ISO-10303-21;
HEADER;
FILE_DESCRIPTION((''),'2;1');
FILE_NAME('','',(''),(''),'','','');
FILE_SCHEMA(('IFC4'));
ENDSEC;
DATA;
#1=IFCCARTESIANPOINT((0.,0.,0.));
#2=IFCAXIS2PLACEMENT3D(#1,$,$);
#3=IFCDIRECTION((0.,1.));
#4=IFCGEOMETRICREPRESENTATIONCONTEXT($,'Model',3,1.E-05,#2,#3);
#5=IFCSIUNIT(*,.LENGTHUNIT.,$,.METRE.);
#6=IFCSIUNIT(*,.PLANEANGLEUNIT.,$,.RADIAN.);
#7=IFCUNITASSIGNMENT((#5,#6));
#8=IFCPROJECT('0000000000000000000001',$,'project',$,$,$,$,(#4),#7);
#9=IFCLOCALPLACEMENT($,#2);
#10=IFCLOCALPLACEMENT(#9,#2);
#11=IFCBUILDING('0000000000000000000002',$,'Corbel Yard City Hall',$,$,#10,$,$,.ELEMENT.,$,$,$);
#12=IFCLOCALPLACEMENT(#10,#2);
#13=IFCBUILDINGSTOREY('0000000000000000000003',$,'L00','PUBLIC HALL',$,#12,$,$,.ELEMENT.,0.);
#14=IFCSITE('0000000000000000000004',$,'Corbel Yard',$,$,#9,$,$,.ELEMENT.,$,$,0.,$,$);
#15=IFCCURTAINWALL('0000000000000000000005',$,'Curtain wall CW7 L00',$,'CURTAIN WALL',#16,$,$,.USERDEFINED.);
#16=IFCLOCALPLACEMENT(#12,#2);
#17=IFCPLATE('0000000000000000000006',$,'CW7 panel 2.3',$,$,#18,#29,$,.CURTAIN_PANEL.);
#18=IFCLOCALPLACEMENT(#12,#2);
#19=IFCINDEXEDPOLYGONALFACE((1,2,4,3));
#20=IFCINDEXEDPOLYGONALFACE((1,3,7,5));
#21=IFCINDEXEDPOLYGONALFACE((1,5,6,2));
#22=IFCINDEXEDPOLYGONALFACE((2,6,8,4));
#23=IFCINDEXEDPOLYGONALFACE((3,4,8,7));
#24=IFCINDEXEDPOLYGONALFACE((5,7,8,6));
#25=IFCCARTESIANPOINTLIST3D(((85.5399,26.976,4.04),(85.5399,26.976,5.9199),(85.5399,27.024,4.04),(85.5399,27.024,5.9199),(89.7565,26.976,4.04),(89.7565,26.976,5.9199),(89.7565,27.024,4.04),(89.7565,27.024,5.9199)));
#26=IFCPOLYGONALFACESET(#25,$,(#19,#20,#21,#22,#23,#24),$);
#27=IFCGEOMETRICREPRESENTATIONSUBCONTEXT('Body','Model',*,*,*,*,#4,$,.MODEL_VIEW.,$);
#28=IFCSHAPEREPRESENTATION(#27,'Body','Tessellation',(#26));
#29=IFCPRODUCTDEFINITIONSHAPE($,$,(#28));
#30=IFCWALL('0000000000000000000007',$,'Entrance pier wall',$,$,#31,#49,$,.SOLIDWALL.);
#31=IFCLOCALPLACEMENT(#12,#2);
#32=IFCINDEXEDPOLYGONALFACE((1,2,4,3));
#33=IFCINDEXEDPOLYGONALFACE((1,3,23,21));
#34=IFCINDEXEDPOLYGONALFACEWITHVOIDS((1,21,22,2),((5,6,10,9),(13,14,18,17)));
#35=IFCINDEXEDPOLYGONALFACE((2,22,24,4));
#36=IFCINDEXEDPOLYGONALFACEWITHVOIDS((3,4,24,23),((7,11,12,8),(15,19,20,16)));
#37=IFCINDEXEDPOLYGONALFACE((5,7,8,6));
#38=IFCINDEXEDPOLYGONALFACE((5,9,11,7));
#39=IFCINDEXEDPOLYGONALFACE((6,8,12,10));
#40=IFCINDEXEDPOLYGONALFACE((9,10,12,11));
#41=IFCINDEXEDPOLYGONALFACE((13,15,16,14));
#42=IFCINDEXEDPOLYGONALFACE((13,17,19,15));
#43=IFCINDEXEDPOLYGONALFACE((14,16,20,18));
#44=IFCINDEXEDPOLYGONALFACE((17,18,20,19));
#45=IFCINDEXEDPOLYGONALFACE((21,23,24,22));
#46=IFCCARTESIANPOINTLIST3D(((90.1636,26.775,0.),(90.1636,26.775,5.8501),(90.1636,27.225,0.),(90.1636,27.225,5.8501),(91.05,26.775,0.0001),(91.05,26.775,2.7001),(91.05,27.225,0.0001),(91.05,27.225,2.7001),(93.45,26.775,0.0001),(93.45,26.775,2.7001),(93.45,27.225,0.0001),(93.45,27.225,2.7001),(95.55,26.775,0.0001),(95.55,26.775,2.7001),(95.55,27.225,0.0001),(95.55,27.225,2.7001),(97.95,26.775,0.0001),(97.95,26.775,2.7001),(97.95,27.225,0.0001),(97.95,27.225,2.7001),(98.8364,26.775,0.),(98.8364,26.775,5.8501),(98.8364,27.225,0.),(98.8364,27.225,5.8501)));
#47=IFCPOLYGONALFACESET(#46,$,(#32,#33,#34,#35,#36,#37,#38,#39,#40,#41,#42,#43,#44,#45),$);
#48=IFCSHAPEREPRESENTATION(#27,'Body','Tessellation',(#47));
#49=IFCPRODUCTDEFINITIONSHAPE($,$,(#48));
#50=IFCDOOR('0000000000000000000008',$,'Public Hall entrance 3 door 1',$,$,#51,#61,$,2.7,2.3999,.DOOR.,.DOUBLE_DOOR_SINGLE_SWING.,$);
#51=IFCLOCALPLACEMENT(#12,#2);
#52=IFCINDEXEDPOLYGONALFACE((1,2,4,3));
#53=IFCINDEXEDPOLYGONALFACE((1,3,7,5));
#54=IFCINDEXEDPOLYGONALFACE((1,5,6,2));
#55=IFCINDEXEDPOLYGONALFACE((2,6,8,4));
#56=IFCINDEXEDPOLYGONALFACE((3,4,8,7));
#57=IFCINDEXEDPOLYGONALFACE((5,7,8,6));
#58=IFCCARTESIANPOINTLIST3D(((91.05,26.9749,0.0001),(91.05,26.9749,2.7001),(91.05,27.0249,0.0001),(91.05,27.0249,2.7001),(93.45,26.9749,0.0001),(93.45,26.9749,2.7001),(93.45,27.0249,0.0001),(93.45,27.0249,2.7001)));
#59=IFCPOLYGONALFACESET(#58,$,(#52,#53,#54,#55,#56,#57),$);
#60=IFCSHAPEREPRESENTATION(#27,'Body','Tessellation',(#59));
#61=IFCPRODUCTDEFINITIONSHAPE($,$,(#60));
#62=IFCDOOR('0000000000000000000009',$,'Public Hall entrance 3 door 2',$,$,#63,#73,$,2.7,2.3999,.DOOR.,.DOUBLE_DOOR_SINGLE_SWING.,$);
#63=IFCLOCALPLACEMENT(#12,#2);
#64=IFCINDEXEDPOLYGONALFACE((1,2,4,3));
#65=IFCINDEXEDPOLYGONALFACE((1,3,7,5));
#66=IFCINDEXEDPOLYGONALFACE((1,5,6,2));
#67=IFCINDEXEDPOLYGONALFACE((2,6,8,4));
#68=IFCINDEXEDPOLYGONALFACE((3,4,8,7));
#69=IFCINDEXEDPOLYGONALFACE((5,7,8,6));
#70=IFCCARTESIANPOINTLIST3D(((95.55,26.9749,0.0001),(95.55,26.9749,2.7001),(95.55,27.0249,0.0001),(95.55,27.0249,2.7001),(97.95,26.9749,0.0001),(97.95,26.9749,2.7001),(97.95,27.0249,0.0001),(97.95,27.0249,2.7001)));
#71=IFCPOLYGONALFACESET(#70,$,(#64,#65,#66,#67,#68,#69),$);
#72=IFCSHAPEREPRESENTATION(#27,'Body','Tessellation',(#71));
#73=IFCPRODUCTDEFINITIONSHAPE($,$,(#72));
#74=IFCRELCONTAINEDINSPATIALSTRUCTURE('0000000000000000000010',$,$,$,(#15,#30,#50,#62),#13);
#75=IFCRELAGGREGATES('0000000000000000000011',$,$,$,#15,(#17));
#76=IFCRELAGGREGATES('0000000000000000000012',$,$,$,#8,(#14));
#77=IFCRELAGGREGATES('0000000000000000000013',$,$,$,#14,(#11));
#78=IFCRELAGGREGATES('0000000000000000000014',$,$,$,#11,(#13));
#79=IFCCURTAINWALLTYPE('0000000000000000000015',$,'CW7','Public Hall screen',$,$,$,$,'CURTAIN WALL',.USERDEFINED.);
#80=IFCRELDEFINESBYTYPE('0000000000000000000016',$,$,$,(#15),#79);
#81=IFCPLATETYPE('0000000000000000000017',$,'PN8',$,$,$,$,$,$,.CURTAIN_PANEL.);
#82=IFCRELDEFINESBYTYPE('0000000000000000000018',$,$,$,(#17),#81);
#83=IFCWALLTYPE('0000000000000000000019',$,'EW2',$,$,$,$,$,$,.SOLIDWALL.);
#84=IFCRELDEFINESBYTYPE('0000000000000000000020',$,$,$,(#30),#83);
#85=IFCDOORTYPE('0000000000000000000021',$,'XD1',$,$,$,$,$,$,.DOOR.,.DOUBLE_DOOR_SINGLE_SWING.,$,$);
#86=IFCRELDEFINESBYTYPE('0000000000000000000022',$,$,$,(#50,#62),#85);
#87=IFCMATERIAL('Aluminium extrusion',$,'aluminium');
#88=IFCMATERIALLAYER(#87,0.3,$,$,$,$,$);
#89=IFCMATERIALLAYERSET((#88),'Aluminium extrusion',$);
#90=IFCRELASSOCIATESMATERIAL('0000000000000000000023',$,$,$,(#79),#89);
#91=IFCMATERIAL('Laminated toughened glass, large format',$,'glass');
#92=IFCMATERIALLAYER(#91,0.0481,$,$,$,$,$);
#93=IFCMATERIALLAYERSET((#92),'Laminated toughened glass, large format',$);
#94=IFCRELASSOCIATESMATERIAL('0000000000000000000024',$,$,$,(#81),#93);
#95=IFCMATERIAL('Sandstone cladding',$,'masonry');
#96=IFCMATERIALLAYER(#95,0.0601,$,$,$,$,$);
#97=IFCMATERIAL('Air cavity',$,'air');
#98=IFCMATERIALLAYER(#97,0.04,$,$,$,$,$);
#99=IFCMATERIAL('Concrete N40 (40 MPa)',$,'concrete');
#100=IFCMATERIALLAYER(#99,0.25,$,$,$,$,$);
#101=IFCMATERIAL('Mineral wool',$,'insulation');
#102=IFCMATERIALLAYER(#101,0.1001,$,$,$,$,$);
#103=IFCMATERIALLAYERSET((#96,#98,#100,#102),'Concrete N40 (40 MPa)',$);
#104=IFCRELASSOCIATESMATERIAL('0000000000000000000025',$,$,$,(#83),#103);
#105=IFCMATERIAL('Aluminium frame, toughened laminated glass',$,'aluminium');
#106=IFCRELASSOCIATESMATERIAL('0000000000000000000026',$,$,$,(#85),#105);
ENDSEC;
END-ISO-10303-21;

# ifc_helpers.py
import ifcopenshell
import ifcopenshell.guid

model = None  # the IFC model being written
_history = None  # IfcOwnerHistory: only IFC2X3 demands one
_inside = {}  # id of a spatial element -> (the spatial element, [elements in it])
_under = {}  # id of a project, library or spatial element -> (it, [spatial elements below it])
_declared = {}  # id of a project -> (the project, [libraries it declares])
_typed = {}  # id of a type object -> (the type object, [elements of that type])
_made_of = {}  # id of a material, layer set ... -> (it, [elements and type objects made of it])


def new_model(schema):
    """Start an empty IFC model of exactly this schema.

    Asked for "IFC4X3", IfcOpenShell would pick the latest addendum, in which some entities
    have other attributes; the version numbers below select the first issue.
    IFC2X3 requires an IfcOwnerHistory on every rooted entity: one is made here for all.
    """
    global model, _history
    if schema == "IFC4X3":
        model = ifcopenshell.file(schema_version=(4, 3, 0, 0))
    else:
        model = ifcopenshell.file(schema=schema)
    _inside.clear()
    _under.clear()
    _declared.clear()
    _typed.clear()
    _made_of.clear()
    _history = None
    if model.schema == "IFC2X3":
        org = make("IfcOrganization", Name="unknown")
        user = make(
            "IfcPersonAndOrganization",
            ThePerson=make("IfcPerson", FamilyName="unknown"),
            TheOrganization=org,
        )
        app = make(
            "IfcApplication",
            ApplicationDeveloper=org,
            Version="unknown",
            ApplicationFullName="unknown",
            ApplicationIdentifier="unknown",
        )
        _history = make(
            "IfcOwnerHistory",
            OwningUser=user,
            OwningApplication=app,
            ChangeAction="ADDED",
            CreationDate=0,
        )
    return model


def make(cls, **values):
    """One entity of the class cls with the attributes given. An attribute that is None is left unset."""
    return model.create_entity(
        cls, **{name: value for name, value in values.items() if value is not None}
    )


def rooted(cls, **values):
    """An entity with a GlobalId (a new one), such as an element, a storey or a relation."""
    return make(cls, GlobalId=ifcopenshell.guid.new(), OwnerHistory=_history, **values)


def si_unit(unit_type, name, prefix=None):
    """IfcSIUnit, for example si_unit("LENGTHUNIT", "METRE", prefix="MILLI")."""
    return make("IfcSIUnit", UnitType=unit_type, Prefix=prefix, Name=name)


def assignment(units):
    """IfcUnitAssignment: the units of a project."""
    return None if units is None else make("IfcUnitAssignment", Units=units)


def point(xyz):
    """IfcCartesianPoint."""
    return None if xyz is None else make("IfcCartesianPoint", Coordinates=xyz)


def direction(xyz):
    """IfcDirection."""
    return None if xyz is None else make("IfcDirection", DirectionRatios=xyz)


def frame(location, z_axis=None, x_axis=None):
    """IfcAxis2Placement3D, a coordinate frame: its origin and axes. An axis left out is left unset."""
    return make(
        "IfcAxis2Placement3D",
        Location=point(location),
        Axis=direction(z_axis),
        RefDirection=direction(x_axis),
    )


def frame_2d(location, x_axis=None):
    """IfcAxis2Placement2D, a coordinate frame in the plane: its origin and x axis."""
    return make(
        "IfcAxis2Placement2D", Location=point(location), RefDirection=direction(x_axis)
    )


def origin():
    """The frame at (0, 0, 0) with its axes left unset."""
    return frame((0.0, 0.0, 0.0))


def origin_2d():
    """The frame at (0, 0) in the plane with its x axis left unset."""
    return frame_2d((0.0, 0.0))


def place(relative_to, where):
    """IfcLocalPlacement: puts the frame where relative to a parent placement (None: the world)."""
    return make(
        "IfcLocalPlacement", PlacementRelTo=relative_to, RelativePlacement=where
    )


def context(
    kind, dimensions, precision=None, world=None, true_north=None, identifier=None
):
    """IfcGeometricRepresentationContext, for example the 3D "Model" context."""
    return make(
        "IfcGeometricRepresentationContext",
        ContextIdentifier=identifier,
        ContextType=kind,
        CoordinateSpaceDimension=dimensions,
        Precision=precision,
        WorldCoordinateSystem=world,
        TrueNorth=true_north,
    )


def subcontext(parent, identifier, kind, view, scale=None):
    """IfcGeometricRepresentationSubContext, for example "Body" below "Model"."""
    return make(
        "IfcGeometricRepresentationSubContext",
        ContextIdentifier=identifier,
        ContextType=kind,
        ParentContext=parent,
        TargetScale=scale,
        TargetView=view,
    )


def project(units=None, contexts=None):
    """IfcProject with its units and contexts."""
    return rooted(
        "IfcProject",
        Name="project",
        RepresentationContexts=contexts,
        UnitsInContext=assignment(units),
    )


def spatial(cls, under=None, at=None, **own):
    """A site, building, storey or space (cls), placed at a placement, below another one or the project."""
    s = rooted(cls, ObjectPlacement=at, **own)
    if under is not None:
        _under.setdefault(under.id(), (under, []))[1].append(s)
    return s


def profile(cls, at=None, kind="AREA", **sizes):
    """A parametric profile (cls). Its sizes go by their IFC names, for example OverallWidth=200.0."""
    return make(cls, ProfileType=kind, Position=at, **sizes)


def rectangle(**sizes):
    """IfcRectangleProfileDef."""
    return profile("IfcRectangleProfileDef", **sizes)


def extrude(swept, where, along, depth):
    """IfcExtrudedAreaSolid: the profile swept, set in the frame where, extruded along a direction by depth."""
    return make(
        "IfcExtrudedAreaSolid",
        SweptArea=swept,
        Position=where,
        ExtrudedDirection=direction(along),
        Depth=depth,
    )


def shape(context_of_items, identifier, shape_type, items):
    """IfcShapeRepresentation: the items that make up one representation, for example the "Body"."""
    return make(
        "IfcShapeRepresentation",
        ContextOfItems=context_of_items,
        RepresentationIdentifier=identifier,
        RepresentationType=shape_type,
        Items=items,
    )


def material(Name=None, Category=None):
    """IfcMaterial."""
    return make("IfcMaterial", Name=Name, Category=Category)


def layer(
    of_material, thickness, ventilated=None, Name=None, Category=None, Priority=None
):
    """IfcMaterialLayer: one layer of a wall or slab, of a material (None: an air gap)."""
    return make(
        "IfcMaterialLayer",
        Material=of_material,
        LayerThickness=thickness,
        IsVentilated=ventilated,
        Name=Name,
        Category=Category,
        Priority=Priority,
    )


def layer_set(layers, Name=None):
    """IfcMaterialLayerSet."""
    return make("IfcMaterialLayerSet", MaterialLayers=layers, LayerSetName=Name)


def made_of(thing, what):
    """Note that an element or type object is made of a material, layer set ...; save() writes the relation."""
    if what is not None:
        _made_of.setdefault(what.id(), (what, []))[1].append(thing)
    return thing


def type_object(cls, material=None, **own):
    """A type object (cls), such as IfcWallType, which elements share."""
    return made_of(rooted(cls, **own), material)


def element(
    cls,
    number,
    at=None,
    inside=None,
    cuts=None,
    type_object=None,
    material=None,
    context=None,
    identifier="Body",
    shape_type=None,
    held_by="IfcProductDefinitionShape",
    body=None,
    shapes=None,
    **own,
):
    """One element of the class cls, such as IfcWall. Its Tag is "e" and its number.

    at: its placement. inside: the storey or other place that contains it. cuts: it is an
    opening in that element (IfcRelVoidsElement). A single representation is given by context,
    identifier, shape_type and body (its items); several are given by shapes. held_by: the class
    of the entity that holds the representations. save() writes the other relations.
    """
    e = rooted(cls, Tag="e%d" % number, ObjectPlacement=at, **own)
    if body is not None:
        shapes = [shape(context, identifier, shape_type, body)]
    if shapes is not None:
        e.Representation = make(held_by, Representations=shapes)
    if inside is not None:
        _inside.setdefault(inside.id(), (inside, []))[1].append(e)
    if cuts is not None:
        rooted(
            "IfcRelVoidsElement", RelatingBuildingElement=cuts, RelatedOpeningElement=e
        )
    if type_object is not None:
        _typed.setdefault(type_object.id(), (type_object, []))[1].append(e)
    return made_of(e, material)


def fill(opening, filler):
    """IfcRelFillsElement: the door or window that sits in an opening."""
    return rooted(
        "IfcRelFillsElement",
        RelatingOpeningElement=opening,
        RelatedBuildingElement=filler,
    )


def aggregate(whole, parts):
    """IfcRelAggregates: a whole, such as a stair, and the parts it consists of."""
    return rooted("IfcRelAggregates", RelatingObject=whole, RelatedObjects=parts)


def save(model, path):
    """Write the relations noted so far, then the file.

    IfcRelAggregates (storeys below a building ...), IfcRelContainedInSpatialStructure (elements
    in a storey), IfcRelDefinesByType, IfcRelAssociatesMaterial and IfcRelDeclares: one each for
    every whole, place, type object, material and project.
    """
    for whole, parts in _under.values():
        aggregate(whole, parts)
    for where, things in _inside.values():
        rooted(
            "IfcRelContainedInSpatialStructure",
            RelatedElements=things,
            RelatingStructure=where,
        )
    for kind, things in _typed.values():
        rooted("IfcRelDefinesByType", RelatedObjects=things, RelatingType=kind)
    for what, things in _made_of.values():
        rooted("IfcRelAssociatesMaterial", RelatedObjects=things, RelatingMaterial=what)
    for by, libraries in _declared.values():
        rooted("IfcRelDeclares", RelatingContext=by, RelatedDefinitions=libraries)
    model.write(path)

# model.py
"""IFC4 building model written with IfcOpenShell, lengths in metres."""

from ifc_helpers import new_model, si_unit, direction, frame, frame_2d, origin, origin_2d, place, context, subcontext, project, spatial, rectangle, extrude, material, layer, layer_set, type_object, element, fill, aggregate, save


model = new_model("IFC4")

# Units and contexts
model_context = context("Model", 3, precision=1e-05, world=origin(), true_north=direction((0.0, 1.0)))
body_context = subcontext(model_context, "Body", "Model", "MODEL_VIEW")
ifc_project = project(units=[si_unit("LENGTHUNIT", "METRE"), si_unit("PLANEANGLEUNIT", "RADIAN")], contexts=[model_context])

# Site, building, storey
site_placement = place(None, origin())
site = spatial("IfcSite", under=ifc_project, at=site_placement, Name="Corbel Yard", CompositionType="ELEMENT", RefElevation=0.0)
building_placement = place(site_placement, origin())
building = spatial("IfcBuilding", under=site, at=building_placement, Name="Corbel Yard City Hall", CompositionType="ELEMENT")
storey_placement = place(building_placement, origin())
storey = spatial("IfcBuildingStorey", under=building, at=storey_placement, Name="L00", Description="PUBLIC HALL", CompositionType="ELEMENT", Elevation=0.0)

# Shared definitions
ifc_material_1 = material(Name="Concrete N40 (40 MPa)", Category="concrete")

# Curtain wall, plate
ifc_material_2 = material(Name="Aluminium extrusion", Category="aluminium")
ifc_layer_1 = layer(ifc_material_2, 0.3)
ifc_layer_set_1 = layer_set([ifc_layer_1], Name="Aluminium extrusion")
curtain_wall_type = type_object("IfcCurtainWallType", Name="CW7", Description="Public Hall screen", ElementType="CURTAIN WALL", PredefinedType="USERDEFINED", material=ifc_layer_set_1)
curtain_wall_placement = place(storey_placement, origin())
curtain_wall = element("IfcCurtainWall", 1, at=curtain_wall_placement, inside=storey, type_object=curtain_wall_type, Name="Curtain wall CW7 L00", ObjectType="CURTAIN WALL", PredefinedType="USERDEFINED")
ifc_material_3 = material(Name="Laminated toughened glass, large format", Category="glass")
ifc_layer_2 = layer(ifc_material_3, 0.0481)
ifc_layer_set_2 = layer_set([ifc_layer_2], Name="Laminated toughened glass, large format")
plate_type = type_object("IfcPlateType", Name="PN8", PredefinedType="CURTAIN_PANEL", material=ifc_layer_set_2)
plate_1_placement = place(storey_placement, frame((87.6482, 27.0, 4.04), z_axis=(0.0, 0.0, 1.0), x_axis=(1.0, 0.0, 0.0)))
plate_1 = element("IfcPlate", 2, at=plate_1_placement, type_object=plate_type, Name="CW7 panel 2.3", PredefinedType="CURTAIN_PANEL", context=body_context, shape_type="SweptSolid", body=[
    extrude(rectangle(XDim=4.2166, YDim=0.0481, at=origin_2d()), origin(), (0.0, 0.0, 1.0), 1.8799),
])
aggregate(curtain_wall, [plate_1])

# Wall, openings, doors
ifc_material_4 = material(Name="Sandstone cladding", Category="masonry")
ifc_layer_3 = layer(ifc_material_4, 0.0601)
ifc_material_5 = material(Name="Air cavity", Category="air")
ifc_layer_4 = layer(ifc_material_5, 0.04)
ifc_layer_5 = layer(ifc_material_1, 0.25)
ifc_material_6 = material(Name="Mineral wool", Category="insulation")
ifc_layer_6 = layer(ifc_material_6, 0.1001)
ifc_layer_set_3 = layer_set([ifc_layer_3, ifc_layer_4, ifc_layer_5, ifc_layer_6], Name="Concrete N40 (40 MPa)")
wall_type = type_object("IfcWallType", Name="EW2", PredefinedType="SOLIDWALL", material=ifc_layer_set_3)
wall_placement = place(storey_placement, frame((90.1636, 27.0, 0.0), z_axis=(0.0, 0.0, 1.0), x_axis=(1.0, 0.0, 0.0)))
wall = element("IfcWall", 3, at=wall_placement, inside=storey, type_object=wall_type, Name="Entrance pier wall", PredefinedType="SOLIDWALL", context=body_context, shape_type="SweptSolid", body=[
    extrude(rectangle(XDim=8.6729, YDim=0.45, at=frame_2d((4.3364, 0.0))), origin(), (0.0, 0.0, 1.0), 5.8501),
])
opening_1_placement = place(wall_placement, frame((0.8865, 0.0, 0.0)))
opening_1 = element("IfcOpeningElement", 4, at=opening_1_placement, cuts=wall, PredefinedType="OPENING", context=body_context, shape_type="SweptSolid", body=[
    extrude(rectangle(XDim=2.3999, YDim=2.7, at=frame_2d((1.2, 1.3501))), frame((0.0, 0.2349, 0.0), z_axis=(0.0, -1.0, 0.0), x_axis=(1.0, 0.0, 0.0)), (0.0, 0.0, 1.0), 0.47),
])
opening_2_placement = place(wall_placement, frame((5.3865, 0.0, 0.0)))
opening_2 = element("IfcOpeningElement", 5, at=opening_2_placement, cuts=wall, PredefinedType="OPENING", context=body_context, shape_type="SweptSolid", body=[
    extrude(rectangle(XDim=2.3999, YDim=2.7, at=frame_2d((1.2, 1.3501))), frame((0.0, 0.2349, 0.0), z_axis=(0.0, -1.0, 0.0), x_axis=(1.0, 0.0, 0.0)), (0.0, 0.0, 1.0), 0.47),
])
ifc_material_7 = material(Name="Aluminium frame, toughened laminated glass", Category="aluminium")
door_type = type_object("IfcDoorType", Name="XD1", OperationType="DOUBLE_DOOR_SINGLE_SWING", PredefinedType="DOOR", material=ifc_material_7)
door_1_placement = place(opening_1_placement, origin())
door_1 = element("IfcDoor", 6, at=door_1_placement, inside=storey, type_object=door_type, Name="Public Hall entrance 3 door 1", OperationType="DOUBLE_DOOR_SINGLE_SWING", OverallHeight=2.7, OverallWidth=2.3999, PredefinedType="DOOR", context=body_context, shape_type="SweptSolid", body=[
    extrude(rectangle(XDim=2.3999, YDim=2.7, at=frame_2d((1.2, 1.3501))), frame((0.0, 0.0249, 0.0), z_axis=(0.0, -1.0, 0.0), x_axis=(1.0, 0.0, 0.0)), (0.0, 0.0, 1.0), 0.05),
])
fill(opening_1, door_1)
door_2_placement = place(opening_2_placement, origin())
door_2 = element("IfcDoor", 7, at=door_2_placement, inside=storey, type_object=door_type, Name="Public Hall entrance 3 door 2", OperationType="DOUBLE_DOOR_SINGLE_SWING", OverallHeight=2.7, OverallWidth=2.3999, PredefinedType="DOOR", context=body_context, shape_type="SweptSolid", body=[
    extrude(rectangle(XDim=2.3999, YDim=2.7, at=frame_2d((1.2, 1.3501))), frame((0.0, 0.0249, 0.0), z_axis=(0.0, -1.0, 0.0), x_axis=(1.0, 0.0, 0.0)), (0.0, 0.0, 1.0), 0.05),
])
fill(opening_2, door_2)

save(model, "model.ifc")
